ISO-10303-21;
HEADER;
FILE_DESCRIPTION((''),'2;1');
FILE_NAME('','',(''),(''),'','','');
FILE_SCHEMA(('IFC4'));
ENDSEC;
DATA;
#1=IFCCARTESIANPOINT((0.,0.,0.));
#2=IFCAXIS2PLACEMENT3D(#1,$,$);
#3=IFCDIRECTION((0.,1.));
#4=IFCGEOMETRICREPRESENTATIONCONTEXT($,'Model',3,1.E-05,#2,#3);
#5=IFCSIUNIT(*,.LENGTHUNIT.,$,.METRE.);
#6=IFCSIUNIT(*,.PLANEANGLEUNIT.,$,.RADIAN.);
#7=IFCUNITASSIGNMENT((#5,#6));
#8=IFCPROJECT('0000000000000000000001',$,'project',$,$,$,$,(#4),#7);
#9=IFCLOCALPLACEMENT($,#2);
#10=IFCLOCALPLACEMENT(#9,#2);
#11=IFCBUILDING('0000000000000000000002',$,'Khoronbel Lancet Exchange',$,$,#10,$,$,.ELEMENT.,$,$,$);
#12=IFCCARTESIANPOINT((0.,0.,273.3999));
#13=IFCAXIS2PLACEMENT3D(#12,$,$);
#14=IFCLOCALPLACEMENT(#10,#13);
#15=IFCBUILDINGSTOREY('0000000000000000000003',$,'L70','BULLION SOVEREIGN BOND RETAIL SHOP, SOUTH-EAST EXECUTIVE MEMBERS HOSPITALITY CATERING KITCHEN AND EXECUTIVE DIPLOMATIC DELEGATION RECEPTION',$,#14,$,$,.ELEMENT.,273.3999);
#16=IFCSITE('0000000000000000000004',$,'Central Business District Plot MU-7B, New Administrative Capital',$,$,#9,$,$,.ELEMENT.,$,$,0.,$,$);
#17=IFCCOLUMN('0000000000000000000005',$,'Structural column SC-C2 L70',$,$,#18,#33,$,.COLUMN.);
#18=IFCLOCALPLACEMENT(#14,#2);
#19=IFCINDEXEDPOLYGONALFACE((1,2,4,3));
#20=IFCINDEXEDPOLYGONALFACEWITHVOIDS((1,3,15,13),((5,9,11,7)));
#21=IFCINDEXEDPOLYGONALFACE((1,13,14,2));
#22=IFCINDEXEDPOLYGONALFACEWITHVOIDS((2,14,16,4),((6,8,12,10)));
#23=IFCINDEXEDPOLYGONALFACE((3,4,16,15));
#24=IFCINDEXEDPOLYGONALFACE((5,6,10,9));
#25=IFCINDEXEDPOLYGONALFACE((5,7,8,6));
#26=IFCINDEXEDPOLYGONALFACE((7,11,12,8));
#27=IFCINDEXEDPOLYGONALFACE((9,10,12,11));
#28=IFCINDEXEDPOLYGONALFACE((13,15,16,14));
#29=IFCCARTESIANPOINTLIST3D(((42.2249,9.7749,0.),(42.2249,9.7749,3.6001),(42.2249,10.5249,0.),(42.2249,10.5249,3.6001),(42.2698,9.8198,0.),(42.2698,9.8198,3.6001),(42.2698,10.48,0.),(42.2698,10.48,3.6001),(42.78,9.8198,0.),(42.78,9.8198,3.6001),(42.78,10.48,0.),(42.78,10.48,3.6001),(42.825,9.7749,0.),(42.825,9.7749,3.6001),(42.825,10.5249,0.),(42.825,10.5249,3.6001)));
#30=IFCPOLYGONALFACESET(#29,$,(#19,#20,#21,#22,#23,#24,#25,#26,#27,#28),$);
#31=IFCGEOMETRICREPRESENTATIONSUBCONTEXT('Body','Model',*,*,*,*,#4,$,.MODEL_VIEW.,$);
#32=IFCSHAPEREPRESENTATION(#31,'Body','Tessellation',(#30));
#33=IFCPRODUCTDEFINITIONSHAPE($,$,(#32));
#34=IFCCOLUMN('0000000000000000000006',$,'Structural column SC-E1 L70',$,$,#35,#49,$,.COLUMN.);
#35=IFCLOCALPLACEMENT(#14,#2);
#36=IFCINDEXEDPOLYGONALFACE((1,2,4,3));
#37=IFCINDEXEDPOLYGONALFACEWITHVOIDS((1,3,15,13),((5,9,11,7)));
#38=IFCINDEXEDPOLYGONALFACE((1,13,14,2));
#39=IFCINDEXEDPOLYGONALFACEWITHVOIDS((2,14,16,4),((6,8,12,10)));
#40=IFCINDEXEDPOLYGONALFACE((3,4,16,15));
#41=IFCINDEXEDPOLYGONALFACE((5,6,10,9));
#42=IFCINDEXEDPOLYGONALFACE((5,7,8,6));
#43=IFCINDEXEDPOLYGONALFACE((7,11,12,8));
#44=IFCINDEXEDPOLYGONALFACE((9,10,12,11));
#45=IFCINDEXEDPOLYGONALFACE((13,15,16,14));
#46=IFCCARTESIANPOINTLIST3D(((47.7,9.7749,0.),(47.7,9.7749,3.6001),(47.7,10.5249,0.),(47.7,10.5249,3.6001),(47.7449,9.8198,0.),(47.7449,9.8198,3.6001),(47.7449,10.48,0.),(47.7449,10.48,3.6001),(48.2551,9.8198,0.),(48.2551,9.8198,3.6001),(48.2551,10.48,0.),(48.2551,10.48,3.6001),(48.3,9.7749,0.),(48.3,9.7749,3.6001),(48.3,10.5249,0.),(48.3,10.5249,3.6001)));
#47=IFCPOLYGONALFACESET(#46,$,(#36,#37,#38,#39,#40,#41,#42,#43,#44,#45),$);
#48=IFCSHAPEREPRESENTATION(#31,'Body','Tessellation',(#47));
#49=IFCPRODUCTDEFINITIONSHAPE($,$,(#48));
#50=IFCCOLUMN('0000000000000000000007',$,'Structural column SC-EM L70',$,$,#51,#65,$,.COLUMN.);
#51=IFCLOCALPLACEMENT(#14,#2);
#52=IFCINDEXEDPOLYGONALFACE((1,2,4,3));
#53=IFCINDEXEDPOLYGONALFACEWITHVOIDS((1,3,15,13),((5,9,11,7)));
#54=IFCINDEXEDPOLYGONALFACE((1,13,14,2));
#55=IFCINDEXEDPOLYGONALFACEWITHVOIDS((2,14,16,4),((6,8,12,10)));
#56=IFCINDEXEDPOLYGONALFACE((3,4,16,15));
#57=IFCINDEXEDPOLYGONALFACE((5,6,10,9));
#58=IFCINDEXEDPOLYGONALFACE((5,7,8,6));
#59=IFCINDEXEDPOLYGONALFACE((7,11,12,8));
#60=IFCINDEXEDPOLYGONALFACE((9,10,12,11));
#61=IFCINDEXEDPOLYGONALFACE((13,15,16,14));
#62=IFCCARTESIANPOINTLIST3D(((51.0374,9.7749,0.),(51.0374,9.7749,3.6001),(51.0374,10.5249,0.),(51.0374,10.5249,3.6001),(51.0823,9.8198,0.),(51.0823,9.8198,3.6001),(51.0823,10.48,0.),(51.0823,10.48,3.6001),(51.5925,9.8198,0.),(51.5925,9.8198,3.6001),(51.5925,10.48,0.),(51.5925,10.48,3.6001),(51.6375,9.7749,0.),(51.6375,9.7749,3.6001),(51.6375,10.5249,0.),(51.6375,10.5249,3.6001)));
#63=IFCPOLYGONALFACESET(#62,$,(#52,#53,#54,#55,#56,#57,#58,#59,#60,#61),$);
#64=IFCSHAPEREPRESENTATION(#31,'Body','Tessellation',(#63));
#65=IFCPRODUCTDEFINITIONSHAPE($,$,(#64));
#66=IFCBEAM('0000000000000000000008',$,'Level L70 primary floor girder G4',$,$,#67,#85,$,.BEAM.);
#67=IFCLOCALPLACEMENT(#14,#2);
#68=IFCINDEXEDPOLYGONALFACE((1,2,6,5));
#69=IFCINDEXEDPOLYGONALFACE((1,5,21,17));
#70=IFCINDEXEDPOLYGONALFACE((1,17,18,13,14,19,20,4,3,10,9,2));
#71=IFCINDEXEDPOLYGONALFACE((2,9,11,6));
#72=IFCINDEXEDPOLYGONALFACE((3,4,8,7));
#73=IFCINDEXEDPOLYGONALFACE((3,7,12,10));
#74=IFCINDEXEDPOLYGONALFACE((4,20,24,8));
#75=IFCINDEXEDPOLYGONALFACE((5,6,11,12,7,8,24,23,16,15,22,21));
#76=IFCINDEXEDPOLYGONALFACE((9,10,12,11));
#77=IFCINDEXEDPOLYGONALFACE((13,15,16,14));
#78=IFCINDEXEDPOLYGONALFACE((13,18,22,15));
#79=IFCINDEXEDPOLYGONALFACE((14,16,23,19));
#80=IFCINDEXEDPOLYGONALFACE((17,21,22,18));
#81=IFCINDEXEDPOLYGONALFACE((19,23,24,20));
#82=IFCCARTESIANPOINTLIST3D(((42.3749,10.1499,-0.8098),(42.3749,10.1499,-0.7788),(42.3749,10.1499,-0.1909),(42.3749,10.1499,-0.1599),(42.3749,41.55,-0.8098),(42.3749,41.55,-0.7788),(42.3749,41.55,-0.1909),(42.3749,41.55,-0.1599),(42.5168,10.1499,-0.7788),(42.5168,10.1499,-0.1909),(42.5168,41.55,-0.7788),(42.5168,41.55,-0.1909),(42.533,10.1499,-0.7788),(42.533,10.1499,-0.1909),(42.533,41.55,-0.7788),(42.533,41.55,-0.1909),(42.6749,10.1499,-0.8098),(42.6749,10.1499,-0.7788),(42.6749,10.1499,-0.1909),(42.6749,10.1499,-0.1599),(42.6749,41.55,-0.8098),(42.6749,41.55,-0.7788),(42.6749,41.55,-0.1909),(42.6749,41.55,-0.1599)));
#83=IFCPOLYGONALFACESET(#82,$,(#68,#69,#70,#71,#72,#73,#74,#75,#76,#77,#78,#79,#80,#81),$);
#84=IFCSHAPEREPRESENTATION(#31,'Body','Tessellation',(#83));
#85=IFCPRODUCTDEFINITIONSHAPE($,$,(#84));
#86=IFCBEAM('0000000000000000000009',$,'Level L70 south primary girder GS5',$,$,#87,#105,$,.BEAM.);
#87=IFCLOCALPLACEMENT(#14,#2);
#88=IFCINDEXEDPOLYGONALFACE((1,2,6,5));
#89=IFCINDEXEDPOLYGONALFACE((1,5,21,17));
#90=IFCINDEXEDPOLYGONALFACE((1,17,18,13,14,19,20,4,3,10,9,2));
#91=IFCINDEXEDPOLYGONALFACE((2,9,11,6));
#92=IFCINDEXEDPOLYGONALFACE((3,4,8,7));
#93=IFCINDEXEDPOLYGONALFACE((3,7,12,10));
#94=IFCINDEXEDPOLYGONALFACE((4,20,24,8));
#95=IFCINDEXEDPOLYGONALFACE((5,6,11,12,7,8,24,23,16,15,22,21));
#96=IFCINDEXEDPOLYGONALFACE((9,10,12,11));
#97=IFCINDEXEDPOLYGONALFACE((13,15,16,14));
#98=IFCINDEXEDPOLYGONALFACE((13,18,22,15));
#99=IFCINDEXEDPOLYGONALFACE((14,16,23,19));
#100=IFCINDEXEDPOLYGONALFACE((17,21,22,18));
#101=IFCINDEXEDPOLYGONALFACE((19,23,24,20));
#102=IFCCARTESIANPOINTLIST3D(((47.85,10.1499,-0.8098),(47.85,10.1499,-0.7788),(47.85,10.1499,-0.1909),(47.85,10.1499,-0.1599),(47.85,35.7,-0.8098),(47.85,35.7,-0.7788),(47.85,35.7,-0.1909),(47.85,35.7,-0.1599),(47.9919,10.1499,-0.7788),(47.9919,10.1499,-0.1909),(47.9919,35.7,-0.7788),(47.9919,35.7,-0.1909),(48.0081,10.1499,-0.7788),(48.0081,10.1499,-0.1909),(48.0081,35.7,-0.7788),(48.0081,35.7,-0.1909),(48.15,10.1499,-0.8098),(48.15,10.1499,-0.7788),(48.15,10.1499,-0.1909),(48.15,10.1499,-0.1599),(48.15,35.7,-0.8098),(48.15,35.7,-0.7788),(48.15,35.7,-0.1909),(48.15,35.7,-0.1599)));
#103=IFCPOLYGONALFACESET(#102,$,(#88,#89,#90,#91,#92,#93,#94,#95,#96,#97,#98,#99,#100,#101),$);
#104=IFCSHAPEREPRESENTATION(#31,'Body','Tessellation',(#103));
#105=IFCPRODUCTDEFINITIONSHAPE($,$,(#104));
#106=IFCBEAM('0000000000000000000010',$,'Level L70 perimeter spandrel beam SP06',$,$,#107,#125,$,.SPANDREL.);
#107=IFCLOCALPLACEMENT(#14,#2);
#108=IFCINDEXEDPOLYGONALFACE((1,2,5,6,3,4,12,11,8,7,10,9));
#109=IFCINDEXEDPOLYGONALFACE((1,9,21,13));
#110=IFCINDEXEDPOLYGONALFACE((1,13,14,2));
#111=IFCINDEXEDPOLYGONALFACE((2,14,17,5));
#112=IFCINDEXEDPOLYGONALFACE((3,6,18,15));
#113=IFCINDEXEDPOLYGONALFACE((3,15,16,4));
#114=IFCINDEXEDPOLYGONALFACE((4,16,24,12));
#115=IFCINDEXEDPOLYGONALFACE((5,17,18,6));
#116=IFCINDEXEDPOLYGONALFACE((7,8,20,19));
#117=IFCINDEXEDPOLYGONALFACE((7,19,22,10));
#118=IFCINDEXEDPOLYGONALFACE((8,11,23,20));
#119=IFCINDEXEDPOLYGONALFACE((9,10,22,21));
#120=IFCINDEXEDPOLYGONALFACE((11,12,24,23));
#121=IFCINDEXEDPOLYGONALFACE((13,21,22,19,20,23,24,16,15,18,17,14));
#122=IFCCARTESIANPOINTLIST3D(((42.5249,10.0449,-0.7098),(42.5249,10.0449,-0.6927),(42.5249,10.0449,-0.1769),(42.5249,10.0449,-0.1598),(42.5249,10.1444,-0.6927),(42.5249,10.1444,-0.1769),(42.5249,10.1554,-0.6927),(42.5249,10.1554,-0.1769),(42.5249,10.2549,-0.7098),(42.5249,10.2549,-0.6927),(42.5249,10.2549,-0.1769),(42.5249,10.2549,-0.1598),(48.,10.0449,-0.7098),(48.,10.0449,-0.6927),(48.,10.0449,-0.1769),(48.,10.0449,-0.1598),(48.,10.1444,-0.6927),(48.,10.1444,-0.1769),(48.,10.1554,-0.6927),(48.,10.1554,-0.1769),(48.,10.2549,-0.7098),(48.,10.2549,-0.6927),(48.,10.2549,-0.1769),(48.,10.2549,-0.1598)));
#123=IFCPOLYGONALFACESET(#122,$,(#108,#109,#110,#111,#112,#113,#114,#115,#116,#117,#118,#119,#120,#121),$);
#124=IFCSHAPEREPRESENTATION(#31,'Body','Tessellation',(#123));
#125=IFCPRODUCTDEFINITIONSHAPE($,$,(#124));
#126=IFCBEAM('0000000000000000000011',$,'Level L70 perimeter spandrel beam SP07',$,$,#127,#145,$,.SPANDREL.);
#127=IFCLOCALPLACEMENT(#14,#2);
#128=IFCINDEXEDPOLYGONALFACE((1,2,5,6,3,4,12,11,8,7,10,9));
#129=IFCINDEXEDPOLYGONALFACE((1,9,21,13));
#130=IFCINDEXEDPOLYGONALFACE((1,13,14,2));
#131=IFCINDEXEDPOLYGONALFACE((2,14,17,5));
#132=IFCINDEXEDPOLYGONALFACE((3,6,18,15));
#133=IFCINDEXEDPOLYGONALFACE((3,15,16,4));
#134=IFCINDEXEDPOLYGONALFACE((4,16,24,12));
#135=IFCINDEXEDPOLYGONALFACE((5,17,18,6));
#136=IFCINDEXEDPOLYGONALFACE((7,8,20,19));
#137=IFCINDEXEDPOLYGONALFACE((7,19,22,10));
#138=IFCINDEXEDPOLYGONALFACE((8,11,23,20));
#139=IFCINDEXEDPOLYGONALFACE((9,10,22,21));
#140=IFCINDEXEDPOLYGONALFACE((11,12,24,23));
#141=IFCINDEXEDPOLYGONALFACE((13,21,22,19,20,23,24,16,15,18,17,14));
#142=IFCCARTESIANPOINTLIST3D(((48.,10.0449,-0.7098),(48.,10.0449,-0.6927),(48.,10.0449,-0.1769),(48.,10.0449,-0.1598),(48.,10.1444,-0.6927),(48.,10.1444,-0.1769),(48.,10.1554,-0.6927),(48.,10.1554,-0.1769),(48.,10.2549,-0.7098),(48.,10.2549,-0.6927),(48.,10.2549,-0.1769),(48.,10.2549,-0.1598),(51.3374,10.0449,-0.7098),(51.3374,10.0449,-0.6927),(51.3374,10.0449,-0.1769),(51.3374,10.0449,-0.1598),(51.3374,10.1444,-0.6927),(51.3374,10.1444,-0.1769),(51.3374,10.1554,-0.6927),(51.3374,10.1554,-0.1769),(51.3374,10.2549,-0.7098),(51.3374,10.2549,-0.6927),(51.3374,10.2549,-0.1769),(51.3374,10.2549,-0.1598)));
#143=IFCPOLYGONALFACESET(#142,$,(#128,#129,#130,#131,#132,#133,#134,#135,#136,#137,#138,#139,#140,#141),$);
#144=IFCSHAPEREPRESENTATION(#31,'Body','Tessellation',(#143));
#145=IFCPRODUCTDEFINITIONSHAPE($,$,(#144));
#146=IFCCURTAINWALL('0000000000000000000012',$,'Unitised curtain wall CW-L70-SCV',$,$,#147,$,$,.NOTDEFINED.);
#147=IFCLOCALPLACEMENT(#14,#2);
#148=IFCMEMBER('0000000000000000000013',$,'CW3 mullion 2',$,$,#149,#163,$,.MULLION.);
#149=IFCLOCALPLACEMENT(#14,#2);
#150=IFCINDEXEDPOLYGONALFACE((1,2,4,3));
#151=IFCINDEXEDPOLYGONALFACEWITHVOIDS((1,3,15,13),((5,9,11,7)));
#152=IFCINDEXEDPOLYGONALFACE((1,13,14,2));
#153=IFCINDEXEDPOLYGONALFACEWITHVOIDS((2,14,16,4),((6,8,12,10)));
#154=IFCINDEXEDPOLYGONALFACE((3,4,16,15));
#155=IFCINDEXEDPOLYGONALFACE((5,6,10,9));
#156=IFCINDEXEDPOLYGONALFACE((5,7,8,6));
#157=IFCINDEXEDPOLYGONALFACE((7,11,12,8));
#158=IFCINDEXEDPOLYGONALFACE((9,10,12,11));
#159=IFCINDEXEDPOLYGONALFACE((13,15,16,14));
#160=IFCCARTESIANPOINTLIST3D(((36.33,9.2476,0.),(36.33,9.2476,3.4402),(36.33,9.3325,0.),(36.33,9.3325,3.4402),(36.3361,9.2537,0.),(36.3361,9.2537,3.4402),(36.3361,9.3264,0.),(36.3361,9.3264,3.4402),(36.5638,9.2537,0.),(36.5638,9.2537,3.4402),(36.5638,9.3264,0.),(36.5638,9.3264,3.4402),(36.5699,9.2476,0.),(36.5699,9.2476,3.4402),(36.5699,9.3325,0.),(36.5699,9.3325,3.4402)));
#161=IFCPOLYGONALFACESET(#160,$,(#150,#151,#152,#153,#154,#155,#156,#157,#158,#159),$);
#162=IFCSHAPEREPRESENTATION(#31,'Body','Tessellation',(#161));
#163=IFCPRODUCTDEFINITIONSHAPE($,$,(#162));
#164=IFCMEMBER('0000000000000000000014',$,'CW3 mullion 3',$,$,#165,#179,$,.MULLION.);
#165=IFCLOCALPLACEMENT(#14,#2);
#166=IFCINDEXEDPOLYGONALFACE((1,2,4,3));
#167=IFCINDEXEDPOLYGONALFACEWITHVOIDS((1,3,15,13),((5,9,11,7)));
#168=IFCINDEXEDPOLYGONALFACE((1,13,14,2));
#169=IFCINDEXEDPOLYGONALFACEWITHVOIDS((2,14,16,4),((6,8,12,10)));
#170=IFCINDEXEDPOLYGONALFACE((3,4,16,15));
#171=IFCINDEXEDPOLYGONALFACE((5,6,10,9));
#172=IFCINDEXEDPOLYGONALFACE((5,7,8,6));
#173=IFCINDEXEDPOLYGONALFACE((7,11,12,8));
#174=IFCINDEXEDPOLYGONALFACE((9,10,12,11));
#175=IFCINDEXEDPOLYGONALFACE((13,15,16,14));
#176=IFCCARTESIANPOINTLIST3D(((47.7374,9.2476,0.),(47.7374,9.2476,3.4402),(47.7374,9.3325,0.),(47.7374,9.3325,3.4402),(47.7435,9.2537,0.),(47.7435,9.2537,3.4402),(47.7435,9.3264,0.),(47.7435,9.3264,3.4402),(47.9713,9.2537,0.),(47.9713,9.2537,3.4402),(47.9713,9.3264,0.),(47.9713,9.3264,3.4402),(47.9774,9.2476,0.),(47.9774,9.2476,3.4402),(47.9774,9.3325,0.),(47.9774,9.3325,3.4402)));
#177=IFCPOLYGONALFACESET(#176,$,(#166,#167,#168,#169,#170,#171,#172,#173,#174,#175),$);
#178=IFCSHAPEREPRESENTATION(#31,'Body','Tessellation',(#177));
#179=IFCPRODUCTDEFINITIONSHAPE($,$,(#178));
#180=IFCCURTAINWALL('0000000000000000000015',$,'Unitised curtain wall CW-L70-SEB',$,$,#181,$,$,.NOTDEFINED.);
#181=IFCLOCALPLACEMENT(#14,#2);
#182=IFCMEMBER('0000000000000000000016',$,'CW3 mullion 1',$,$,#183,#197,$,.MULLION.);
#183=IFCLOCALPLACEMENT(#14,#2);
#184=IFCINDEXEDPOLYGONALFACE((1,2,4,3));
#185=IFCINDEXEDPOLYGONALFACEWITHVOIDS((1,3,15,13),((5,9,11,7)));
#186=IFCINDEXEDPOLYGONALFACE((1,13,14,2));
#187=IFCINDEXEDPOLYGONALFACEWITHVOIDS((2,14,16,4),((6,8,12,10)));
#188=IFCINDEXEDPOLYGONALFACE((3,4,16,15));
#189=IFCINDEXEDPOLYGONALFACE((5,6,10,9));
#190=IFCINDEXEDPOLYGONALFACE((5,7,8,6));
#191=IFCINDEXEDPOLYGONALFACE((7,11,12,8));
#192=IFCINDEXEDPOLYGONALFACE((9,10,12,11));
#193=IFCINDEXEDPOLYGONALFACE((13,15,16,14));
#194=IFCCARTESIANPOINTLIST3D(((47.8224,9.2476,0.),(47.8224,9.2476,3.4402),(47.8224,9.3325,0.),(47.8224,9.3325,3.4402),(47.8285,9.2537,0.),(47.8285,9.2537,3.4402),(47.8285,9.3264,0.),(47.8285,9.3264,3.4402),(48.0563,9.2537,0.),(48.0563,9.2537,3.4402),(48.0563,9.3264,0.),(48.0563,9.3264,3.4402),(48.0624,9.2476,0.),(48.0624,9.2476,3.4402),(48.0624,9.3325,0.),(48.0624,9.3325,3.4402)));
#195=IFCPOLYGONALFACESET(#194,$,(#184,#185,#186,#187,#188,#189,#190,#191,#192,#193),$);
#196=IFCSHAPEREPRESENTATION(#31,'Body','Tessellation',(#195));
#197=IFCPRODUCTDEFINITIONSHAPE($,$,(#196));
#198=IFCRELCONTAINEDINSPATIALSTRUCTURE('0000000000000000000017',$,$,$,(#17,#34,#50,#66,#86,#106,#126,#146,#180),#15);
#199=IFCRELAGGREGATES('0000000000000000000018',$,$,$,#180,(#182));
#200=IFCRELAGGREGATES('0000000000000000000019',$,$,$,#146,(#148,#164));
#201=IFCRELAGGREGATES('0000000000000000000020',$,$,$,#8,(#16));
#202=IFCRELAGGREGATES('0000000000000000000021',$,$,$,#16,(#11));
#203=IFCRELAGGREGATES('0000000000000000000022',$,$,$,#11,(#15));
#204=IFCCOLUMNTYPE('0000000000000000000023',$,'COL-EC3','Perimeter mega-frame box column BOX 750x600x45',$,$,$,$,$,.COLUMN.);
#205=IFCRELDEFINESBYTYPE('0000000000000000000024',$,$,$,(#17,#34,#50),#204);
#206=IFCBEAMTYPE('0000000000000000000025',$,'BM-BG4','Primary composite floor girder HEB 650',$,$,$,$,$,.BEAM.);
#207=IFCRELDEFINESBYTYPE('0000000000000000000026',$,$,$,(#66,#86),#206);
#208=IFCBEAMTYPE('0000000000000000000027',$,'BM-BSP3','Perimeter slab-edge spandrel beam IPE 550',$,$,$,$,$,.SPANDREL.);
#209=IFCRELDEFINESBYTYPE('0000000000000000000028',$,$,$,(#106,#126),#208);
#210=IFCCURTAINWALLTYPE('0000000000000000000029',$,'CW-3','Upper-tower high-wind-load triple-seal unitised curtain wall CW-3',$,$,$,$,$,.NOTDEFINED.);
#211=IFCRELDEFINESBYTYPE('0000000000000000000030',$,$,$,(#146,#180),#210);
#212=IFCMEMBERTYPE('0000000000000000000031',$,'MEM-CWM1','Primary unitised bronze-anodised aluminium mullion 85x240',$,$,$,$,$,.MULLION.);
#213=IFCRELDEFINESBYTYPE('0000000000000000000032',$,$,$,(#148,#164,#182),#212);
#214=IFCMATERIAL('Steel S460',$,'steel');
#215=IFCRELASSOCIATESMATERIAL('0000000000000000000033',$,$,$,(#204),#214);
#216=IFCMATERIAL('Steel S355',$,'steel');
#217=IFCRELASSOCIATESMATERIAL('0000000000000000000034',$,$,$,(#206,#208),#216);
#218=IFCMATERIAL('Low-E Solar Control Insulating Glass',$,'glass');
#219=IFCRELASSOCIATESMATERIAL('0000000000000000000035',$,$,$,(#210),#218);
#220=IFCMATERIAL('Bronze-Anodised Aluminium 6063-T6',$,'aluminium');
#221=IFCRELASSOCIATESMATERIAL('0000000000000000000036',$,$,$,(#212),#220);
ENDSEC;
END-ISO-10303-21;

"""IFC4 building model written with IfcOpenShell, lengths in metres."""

from ifc_helpers import new_model, si_unit, direction, frame, origin, origin_2d, place, context, subcontext, project, spatial, hollow_rectangle, i_section, extrude, material, material_profile, profile_set, type_object, element, aggregate, save


model = new_model("IFC4")

# Units and contexts
model_context = context("Model", 3, precision=1e-05, world=origin(), true_north=direction((0.0, 1.0)))
body_context = subcontext(model_context, "Body", "Model", "MODEL_VIEW")
ifc_project = project(units=[si_unit("LENGTHUNIT", "METRE"), si_unit("PLANEANGLEUNIT", "RADIAN")], contexts=[model_context])

# Site, building, storey
site_placement = place(None, origin())
site = spatial("IfcSite", under=ifc_project, at=site_placement, Name="Central Business District Plot MU-7B, New Administrative Capital", CompositionType="ELEMENT", RefElevation=0.0)
building_placement = place(site_placement, origin())
building = spatial("IfcBuilding", under=site, at=building_placement, Name="Khoronbel Lancet Exchange", CompositionType="ELEMENT")
storey_placement = place(building_placement, frame((0.0, 0.0, 273.3999)))
storey = spatial("IfcBuildingStorey", under=building, at=storey_placement, Name="L70", Description="BULLION SOVEREIGN BOND RETAIL SHOP, SOUTH-EAST EXECUTIVE MEMBERS HOSPITALITY CATERING KITCHEN AND EXECUTIVE DIPLOMATIC DELEGATION RECEPTION", CompositionType="ELEMENT", Elevation=273.3999)

# Columns
ifc_material_1 = material(Name="Steel S460", Category="steel")
ifc_material_profile_1 = material_profile(ifc_material_1, hollow_rectangle(XDim=0.6001, YDim=0.75, WallThickness=0.0449, at=origin_2d()), Name="BOX 750x600x45")
ifc_profile_set_1 = profile_set([ifc_material_profile_1], Name="Steel S460")
column_type = type_object("IfcColumnType", Name="COL-EC3", Description="Perimeter mega-frame box column BOX 750x600x45", PredefinedType="COLUMN", material=ifc_profile_set_1)
for number, where, z_axis, x_axis, name in (
    (1, (42.5249, 10.1499, 0.0), (0.0, 0.0, 1.0), (1.0, 0.0, 0.0), "Structural column SC-C2 L70"),
    (2, (48.0, 10.1499, 0.0), (0.0, 0.0, 1.0), (1.0, 0.0, 0.0), "Structural column SC-E1 L70"),
    (3, (51.3374, 10.1499, 0.0), (0.0, 0.0, 1.0), (1.0, 0.0, 0.0), "Structural column SC-EM L70"),
):
    element("IfcColumn", number, at=place(storey_placement, frame(where, z_axis=z_axis, x_axis=x_axis)), inside=storey, type_object=column_type, Name=name, PredefinedType="COLUMN", context=body_context, shape_type="SweptSolid", body=[
        extrude(hollow_rectangle(XDim=0.6001, YDim=0.75, WallThickness=0.0449, at=origin_2d()), origin(), (0.0, 0.0, 1.0), 3.6001),
    ])

# Beams
ifc_material_2 = material(Name="Steel S355", Category="steel")
ifc_material_profile_2 = material_profile(ifc_material_2, i_section(OverallWidth=0.3, OverallDepth=0.6499, WebThickness=0.0161, FlangeThickness=0.031, at=origin_2d()), Name="HEB 650")
ifc_profile_set_2 = profile_set([ifc_material_profile_2], Name="Steel S355")
beam_type_1 = type_object("IfcBeamType", Name="BM-BG4", Description="Primary composite floor girder HEB 650", PredefinedType="BEAM", material=ifc_profile_set_2)
beam_1_placement = place(storey_placement, frame((42.5249, 10.1499, -0.4849), z_axis=(0.0, 1.0, 0.0), x_axis=(-1.0, 0.0, 0.0)))
element("IfcBeam", 4, at=beam_1_placement, inside=storey, type_object=beam_type_1, Name="Level L70 primary floor girder G4", PredefinedType="BEAM", context=body_context, shape_type="SweptSolid", body=[
    extrude(i_section(OverallWidth=0.3, OverallDepth=0.6499, WebThickness=0.0161, FlangeThickness=0.031, at=origin_2d()), origin(), (0.0, 0.0, 1.0), 31.4001),
])
beam_2_placement = place(storey_placement, frame((48.0, 10.1499, -0.4849), z_axis=(0.0, 1.0, 0.0), x_axis=(-1.0, 0.0, 0.0)))
element("IfcBeam", 5, at=beam_2_placement, inside=storey, type_object=beam_type_1, Name="Level L70 south primary girder GS5", PredefinedType="BEAM", context=body_context, shape_type="SweptSolid", body=[
    extrude(i_section(OverallWidth=0.3, OverallDepth=0.6499, WebThickness=0.0161, FlangeThickness=0.031, at=origin_2d()), origin(), (0.0, 0.0, 1.0), 25.55),
])
ifc_material_profile_3 = material_profile(ifc_material_2, i_section(OverallWidth=0.21, OverallDepth=0.55, WebThickness=0.011, FlangeThickness=0.0171, at=origin_2d()), Name="IPE 550")
ifc_profile_set_3 = profile_set([ifc_material_profile_3], Name="Steel S355")
beam_type_2 = type_object("IfcBeamType", Name="BM-BSP3", Description="Perimeter slab-edge spandrel beam IPE 550", PredefinedType="SPANDREL", material=ifc_profile_set_3)
beam_3_placement = place(storey_placement, frame((42.5249, 10.1499, -0.4348), z_axis=(1.0, 0.0, 0.0), x_axis=(0.0, 1.0, 0.0)))
element("IfcBeam", 6, at=beam_3_placement, inside=storey, type_object=beam_type_2, Name="Level L70 perimeter spandrel beam SP06", PredefinedType="SPANDREL", context=body_context, shape_type="SweptSolid", body=[
    extrude(i_section(OverallWidth=0.21, OverallDepth=0.55, WebThickness=0.011, FlangeThickness=0.0171, at=origin_2d()), origin(), (0.0, 0.0, 1.0), 5.4751),
])
beam_4_placement = place(storey_placement, frame((48.0, 10.1499, -0.4348), z_axis=(1.0, 0.0, 0.0), x_axis=(0.0, 1.0, 0.0)))
element("IfcBeam", 7, at=beam_4_placement, inside=storey, type_object=beam_type_2, Name="Level L70 perimeter spandrel beam SP07", PredefinedType="SPANDREL", context=body_context, shape_type="SweptSolid", body=[
    extrude(i_section(OverallWidth=0.21, OverallDepth=0.55, WebThickness=0.011, FlangeThickness=0.0171, at=origin_2d()), origin(), (0.0, 0.0, 1.0), 3.3374),
])

# Curtain wall, members
ifc_material_3 = material(Name="Low-E Solar Control Insulating Glass", Category="glass")
curtain_wall_type = type_object("IfcCurtainWallType", Name="CW-3", Description="Upper-tower high-wind-load triple-seal unitised curtain wall CW-3", PredefinedType="NOTDEFINED", material=ifc_material_3)
curtain_wall_1_placement = place(storey_placement, origin())
curtain_wall_1 = element("IfcCurtainWall", 8, at=curtain_wall_1_placement, inside=storey, type_object=curtain_wall_type, Name="Unitised curtain wall CW-L70-SCV", PredefinedType="NOTDEFINED")
ifc_material_4 = material(Name="Bronze-Anodised Aluminium 6063-T6", Category="aluminium")
ifc_material_profile_4 = material_profile(ifc_material_4, hollow_rectangle(XDim=0.085, YDim=0.24, WallThickness=0.0061, at=origin_2d()), Name="ALU MULLION 85x240")
ifc_profile_set_4 = profile_set([ifc_material_profile_4], Name="Bronze-Anodised Aluminium 6063-T6")
member_type_1 = type_object("IfcMemberType", Name="MEM-CWM1", Description="Primary unitised bronze-anodised aluminium mullion 85x240", PredefinedType="MULLION", material=ifc_profile_set_4)
member_1_placement = place(storey_placement, frame((36.45, 9.29, 0.0), z_axis=(0.0, 0.0, 1.0), x_axis=(0.0, 1.0, 0.0)))
member_1 = element("IfcMember", 9, at=member_1_placement, type_object=member_type_1, Name="CW3 mullion 2", PredefinedType="MULLION", context=body_context, shape_type="SweptSolid", body=[
    extrude(hollow_rectangle(XDim=0.085, YDim=0.24, WallThickness=0.0061, at=origin_2d()), origin(), (0.0, 0.0, 1.0), 3.4402),
])
member_2_placement = place(storey_placement, frame((47.8574, 9.29, 0.0), z_axis=(0.0, 0.0, 1.0), x_axis=(0.0, 1.0, 0.0)))
member_2 = element("IfcMember", 10, at=member_2_placement, type_object=member_type_1, Name="CW3 mullion 3", PredefinedType="MULLION", context=body_context, shape_type="SweptSolid", body=[
    extrude(hollow_rectangle(XDim=0.085, YDim=0.24, WallThickness=0.0061, at=origin_2d()), origin(), (0.0, 0.0, 1.0), 3.4402),
])

# Curtain wall, member
curtain_wall_2_placement = place(storey_placement, origin())
curtain_wall_2 = element("IfcCurtainWall", 11, at=curtain_wall_2_placement, inside=storey, type_object=curtain_wall_type, Name="Unitised curtain wall CW-L70-SEB", PredefinedType="NOTDEFINED")
member_3_placement = place(storey_placement, frame((47.9424, 9.29, 0.0), z_axis=(0.0, 0.0, 1.0), x_axis=(0.0, 1.0, 0.0)))
member_3 = element("IfcMember", 12, at=member_3_placement, type_object=member_type_1, Name="CW3 mullion 1", PredefinedType="MULLION", context=body_context, shape_type="SweptSolid", body=[
    extrude(hollow_rectangle(XDim=0.085, YDim=0.24, WallThickness=0.0061, at=origin_2d()), origin(), (0.0, 0.0, 1.0), 3.4402),
])

aggregate(curtain_wall_2, [member_3])
aggregate(curtain_wall_1, [member_1, member_2])

save(model, "model.ifc")
